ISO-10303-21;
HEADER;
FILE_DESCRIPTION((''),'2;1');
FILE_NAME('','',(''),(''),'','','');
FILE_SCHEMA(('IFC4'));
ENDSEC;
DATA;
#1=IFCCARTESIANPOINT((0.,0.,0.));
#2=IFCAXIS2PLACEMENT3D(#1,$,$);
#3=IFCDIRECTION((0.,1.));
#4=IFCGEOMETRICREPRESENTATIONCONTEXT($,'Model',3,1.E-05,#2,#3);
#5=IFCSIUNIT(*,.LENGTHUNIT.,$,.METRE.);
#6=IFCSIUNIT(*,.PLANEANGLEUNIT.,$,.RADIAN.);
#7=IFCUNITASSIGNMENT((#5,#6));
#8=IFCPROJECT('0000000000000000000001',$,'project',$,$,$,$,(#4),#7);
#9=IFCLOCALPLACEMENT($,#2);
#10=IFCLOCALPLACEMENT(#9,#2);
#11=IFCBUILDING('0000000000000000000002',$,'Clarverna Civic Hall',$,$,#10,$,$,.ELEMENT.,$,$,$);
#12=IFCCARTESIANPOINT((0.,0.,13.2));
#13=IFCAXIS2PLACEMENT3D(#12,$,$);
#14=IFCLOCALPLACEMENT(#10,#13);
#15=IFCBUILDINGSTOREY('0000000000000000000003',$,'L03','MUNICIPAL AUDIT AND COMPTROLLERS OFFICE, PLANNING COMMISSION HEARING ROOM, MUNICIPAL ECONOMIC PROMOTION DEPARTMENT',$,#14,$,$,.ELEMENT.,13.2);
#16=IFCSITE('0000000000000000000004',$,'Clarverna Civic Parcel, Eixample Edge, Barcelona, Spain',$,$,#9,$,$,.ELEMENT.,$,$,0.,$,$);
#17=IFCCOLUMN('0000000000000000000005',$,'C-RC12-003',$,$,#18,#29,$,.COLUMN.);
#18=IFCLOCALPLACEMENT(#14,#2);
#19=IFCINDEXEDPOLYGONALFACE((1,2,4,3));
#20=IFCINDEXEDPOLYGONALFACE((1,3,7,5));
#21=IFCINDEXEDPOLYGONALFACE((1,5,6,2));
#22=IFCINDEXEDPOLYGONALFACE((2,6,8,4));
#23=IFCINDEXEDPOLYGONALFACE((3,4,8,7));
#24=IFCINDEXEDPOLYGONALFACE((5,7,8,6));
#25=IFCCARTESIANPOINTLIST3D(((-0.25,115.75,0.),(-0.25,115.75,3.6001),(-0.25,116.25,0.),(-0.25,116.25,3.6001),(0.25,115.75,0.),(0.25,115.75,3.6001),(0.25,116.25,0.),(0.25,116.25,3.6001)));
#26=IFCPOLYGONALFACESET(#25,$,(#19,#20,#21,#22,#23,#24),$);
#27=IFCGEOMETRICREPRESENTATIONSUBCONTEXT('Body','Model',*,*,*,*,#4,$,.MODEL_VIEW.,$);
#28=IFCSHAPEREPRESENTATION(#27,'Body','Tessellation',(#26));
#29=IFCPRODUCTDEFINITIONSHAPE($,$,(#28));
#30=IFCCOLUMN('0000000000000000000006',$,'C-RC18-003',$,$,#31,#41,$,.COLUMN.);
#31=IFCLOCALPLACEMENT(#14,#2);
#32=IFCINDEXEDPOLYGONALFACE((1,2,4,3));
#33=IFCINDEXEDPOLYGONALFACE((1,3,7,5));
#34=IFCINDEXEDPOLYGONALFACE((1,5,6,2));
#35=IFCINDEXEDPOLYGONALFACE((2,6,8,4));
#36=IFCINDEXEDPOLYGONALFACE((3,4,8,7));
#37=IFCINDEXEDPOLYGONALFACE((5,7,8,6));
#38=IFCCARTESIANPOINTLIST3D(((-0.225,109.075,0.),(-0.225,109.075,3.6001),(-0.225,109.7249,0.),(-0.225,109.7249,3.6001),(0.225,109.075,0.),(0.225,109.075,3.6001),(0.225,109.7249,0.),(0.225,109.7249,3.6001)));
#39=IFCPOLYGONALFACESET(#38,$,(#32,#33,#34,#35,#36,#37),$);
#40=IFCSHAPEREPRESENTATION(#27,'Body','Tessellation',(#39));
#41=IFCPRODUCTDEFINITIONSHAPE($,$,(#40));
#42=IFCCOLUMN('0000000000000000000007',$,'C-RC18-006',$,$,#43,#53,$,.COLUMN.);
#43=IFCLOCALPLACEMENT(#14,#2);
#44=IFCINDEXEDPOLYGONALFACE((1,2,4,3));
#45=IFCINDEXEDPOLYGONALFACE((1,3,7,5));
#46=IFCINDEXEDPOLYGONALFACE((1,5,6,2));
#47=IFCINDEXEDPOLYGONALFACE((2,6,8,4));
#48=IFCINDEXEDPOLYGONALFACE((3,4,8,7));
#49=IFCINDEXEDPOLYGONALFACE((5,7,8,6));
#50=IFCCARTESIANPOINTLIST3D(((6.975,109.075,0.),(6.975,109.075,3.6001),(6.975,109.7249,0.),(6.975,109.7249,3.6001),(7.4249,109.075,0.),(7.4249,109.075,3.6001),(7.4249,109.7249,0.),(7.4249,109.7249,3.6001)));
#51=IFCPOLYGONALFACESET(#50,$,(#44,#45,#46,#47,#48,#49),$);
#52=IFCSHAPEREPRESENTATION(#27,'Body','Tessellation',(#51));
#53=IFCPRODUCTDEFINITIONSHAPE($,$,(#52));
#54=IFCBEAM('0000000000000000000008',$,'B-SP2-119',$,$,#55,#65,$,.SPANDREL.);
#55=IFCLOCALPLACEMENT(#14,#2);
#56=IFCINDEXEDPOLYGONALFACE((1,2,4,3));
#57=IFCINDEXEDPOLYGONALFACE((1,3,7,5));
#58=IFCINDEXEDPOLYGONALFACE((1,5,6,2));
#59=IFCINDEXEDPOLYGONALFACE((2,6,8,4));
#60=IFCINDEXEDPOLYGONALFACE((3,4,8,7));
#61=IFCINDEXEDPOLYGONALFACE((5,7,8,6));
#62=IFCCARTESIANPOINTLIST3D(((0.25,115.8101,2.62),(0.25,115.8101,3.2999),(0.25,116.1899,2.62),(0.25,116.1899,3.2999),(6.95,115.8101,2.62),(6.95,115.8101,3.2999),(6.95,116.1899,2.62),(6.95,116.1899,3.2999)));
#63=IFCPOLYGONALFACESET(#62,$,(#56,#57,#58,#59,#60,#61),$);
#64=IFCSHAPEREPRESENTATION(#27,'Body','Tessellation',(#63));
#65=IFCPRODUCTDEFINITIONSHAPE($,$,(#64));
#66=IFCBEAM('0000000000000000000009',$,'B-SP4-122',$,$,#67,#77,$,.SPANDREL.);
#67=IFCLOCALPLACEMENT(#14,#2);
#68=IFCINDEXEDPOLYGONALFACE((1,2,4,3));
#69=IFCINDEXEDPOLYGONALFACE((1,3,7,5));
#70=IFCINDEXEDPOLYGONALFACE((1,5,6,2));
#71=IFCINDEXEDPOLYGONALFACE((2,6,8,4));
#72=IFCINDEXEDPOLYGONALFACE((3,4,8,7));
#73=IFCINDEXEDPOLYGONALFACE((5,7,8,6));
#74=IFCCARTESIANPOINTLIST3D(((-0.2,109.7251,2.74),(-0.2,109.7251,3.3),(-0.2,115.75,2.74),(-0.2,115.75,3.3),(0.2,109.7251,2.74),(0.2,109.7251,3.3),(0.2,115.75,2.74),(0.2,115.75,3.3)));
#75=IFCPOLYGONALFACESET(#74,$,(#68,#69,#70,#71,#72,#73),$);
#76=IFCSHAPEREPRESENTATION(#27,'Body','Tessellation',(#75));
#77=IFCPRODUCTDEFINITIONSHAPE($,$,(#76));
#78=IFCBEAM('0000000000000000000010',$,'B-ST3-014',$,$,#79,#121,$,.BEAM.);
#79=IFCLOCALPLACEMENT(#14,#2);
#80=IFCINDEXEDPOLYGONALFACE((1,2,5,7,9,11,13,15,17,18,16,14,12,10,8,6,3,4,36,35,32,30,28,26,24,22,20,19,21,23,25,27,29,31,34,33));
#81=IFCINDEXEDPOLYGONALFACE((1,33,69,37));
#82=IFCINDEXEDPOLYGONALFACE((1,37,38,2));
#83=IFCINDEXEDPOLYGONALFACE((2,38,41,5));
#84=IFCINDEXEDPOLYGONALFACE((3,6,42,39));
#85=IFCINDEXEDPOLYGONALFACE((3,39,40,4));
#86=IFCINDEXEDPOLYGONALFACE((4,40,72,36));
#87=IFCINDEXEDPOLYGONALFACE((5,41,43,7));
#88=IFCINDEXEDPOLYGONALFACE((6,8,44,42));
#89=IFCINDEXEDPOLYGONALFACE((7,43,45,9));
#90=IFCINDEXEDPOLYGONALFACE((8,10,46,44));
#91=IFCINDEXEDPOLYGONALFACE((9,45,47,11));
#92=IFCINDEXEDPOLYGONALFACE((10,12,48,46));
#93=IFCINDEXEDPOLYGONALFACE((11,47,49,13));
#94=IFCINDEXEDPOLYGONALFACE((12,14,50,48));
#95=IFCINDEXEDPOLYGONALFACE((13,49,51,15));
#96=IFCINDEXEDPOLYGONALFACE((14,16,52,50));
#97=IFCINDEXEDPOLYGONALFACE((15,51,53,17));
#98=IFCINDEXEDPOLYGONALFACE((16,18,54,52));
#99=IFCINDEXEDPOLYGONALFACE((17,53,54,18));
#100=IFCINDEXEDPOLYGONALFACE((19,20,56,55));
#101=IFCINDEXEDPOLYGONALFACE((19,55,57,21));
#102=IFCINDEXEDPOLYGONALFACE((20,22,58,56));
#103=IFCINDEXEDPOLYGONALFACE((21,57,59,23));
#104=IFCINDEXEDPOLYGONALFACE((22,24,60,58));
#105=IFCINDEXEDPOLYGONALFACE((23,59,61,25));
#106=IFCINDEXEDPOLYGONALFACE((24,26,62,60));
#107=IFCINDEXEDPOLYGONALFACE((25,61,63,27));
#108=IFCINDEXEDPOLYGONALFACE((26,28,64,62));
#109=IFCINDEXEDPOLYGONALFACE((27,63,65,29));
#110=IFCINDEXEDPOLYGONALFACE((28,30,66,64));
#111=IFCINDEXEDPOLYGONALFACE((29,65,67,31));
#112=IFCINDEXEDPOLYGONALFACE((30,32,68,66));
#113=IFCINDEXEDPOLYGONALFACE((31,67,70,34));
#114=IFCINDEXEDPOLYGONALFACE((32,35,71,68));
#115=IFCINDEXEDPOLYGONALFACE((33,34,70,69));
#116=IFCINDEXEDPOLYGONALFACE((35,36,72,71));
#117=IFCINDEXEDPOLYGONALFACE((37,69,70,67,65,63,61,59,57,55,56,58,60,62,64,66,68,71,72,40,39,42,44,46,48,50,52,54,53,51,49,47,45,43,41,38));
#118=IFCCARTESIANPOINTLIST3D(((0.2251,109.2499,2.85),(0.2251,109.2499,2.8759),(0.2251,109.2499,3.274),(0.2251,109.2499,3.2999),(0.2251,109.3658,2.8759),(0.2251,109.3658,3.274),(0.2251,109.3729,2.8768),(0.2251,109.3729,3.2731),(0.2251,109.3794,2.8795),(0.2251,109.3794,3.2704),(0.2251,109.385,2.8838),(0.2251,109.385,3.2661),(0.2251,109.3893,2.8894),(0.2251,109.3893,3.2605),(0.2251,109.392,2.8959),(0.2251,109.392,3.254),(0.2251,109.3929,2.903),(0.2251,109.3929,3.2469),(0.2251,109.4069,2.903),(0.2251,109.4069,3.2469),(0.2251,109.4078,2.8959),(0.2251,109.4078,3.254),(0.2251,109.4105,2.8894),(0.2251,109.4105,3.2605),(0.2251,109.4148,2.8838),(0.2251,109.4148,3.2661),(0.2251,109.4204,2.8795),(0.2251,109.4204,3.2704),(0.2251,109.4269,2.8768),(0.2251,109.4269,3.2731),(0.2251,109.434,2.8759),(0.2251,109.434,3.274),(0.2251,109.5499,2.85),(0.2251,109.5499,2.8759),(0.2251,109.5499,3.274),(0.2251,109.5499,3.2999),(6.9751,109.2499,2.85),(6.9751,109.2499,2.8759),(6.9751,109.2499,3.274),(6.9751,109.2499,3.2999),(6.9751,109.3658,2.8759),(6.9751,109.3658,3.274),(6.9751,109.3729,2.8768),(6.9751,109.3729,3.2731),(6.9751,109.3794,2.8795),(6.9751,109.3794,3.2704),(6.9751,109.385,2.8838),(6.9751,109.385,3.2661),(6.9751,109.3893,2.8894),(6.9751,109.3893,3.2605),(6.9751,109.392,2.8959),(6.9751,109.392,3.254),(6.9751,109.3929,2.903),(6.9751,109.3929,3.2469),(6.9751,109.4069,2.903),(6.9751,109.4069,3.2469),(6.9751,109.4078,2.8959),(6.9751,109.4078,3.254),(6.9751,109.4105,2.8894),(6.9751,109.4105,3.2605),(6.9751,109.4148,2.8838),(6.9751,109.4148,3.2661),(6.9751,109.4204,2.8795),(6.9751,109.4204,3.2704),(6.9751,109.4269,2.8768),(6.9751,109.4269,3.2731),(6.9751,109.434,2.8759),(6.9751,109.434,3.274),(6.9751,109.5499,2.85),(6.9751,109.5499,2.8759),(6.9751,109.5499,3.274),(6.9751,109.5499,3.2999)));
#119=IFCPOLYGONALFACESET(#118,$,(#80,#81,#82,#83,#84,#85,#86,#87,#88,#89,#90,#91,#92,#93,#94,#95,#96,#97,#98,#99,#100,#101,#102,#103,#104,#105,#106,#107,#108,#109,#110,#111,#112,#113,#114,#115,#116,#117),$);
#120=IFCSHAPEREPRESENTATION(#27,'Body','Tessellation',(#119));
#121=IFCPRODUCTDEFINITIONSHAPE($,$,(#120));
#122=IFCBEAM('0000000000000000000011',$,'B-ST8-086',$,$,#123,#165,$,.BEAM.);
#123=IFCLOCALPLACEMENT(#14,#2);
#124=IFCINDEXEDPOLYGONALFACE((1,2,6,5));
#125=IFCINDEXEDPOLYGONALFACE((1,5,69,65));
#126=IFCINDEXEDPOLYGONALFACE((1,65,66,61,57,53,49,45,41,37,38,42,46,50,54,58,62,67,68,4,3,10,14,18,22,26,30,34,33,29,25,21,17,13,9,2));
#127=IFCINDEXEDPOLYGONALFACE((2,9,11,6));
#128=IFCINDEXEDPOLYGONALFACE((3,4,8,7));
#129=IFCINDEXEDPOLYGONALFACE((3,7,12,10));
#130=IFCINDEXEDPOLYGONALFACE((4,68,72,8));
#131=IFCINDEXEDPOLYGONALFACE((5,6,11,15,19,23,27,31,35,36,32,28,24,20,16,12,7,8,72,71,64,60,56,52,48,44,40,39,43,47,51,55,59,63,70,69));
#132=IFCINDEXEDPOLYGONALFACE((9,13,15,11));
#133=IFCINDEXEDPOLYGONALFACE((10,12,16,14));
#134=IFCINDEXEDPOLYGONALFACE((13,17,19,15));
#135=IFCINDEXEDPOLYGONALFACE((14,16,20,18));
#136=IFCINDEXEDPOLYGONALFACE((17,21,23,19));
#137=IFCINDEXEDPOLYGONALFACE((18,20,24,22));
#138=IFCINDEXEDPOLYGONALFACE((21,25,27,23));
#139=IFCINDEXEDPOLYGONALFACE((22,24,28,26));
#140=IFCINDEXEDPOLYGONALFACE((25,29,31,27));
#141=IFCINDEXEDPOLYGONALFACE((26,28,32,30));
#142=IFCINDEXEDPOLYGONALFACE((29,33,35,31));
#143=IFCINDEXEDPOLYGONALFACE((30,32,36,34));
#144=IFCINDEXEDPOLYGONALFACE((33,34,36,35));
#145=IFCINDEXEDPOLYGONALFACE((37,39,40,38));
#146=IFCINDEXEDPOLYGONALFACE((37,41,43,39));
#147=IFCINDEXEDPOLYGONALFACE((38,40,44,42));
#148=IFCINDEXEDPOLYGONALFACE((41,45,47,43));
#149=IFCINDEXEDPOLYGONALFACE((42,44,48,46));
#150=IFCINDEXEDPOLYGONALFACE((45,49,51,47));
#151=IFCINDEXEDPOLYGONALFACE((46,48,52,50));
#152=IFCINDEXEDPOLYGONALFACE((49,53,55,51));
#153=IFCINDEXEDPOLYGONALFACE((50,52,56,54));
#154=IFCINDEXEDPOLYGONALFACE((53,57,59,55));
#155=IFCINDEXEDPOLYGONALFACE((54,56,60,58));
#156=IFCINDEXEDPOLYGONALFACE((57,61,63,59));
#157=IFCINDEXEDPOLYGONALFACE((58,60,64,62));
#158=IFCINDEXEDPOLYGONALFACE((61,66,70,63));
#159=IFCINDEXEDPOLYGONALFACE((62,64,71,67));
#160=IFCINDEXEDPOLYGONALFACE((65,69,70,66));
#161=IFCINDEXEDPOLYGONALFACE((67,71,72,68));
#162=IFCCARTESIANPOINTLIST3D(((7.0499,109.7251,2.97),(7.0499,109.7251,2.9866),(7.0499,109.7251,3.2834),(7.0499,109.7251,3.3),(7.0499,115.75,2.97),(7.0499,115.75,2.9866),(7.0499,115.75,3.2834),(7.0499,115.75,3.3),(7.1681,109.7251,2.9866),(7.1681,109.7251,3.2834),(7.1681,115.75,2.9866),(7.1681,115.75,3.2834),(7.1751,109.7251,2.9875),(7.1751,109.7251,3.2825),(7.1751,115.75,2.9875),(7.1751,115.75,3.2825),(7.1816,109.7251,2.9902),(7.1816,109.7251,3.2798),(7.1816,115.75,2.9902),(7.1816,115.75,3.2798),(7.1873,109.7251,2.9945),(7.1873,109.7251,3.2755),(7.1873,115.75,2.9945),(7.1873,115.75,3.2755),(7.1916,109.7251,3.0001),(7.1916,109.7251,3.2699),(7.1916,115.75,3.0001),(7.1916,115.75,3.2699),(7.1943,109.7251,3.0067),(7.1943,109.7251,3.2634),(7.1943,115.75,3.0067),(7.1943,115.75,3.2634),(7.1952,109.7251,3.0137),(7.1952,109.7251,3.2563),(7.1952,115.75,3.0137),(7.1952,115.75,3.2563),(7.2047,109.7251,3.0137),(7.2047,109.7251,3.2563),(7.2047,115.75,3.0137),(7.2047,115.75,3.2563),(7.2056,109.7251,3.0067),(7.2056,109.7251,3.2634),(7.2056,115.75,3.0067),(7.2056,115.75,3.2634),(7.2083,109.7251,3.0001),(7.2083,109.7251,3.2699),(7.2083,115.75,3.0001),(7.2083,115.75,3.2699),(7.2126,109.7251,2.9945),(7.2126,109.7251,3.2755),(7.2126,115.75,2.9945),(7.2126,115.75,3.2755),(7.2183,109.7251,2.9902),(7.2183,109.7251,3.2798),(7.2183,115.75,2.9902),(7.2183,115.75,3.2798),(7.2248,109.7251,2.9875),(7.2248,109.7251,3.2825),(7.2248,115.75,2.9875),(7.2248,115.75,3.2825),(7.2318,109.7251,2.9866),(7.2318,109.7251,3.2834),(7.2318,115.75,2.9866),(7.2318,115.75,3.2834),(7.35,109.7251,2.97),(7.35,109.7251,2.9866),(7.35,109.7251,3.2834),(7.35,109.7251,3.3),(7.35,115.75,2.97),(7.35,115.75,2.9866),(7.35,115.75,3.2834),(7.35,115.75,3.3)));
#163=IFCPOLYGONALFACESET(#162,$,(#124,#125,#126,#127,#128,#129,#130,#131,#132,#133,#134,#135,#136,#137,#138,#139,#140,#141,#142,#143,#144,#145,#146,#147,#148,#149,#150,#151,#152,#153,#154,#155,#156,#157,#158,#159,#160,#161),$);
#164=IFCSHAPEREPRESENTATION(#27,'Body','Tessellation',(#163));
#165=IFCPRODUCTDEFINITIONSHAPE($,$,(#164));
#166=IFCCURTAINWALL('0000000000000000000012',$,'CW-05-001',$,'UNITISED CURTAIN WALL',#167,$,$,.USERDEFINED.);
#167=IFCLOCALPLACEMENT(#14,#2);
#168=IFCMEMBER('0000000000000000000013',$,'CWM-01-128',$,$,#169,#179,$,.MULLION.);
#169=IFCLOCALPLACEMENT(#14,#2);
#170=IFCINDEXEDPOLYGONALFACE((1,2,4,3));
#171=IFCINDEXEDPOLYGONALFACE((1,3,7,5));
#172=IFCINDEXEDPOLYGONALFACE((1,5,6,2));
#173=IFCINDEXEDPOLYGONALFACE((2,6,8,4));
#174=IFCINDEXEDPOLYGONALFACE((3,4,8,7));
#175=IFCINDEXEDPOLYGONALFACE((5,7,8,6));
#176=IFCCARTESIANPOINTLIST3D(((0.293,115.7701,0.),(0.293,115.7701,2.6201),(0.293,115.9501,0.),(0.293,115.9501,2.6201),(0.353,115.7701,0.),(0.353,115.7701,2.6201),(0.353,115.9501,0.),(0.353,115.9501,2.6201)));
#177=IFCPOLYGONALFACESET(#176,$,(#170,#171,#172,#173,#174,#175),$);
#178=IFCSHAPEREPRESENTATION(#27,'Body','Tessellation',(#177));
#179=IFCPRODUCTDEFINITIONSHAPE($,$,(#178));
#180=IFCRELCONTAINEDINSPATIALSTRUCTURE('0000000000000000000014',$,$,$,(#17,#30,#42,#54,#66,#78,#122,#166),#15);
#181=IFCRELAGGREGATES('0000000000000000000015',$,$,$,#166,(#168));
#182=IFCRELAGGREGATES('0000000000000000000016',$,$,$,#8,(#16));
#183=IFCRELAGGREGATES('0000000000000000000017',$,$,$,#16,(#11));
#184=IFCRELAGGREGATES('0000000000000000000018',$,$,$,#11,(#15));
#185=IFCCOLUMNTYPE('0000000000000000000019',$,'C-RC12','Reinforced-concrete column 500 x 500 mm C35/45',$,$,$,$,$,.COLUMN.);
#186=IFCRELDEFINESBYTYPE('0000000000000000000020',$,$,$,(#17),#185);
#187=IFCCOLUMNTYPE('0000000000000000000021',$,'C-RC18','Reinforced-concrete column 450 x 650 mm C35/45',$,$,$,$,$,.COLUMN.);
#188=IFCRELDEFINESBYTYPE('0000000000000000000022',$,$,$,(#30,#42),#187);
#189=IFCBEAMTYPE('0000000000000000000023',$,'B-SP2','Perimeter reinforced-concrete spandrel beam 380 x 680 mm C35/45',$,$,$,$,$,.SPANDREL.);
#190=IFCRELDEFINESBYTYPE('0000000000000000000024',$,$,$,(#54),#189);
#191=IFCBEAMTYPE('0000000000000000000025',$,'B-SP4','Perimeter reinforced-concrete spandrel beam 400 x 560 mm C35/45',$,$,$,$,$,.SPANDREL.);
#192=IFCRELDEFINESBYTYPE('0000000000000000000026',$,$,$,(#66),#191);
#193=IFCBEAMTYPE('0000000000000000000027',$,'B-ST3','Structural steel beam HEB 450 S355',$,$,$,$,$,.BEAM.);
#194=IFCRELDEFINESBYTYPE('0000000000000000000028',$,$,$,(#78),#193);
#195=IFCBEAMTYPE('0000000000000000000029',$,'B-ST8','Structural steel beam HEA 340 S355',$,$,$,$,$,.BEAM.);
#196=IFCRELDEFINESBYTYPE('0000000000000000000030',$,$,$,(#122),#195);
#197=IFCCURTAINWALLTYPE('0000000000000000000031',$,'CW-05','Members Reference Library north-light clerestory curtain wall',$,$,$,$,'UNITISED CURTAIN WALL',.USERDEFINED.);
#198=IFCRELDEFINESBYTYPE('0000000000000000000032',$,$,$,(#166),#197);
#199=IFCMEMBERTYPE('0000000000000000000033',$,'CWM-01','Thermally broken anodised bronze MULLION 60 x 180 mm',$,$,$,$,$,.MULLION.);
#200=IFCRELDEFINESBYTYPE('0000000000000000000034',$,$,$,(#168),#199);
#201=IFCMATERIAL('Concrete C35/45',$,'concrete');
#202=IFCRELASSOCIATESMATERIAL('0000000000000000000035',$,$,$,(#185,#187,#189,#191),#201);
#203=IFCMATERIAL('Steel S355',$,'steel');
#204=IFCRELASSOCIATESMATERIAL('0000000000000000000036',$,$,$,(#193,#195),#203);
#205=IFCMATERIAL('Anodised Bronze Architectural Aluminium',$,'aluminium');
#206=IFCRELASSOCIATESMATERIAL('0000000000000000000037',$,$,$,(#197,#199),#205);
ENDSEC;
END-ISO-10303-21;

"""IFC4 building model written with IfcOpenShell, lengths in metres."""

from ifc_helpers import new_model, si_unit, direction, frame, origin, origin_2d, place, context, subcontext, project, spatial, rectangle, i_section, extrude, material, material_profile, profile_set, type_object, element, aggregate, save


model = new_model("IFC4")

# Units and contexts
model_context = context("Model", 3, precision=1e-05, world=origin(), true_north=direction((0.0, 1.0)))
body_context = subcontext(model_context, "Body", "Model", "MODEL_VIEW")
ifc_project = project(units=[si_unit("LENGTHUNIT", "METRE"), si_unit("PLANEANGLEUNIT", "RADIAN")], contexts=[model_context])

# Site, building, storey
site_placement = place(None, origin())
site = spatial("IfcSite", under=ifc_project, at=site_placement, Name="Clarverna Civic Parcel, Eixample Edge, Barcelona, Spain", CompositionType="ELEMENT", RefElevation=0.0)
building_placement = place(site_placement, origin())
building = spatial("IfcBuilding", under=site, at=building_placement, Name="Clarverna Civic Hall", CompositionType="ELEMENT")
storey_placement = place(building_placement, frame((0.0, 0.0, 13.2)))
storey = spatial("IfcBuildingStorey", under=building, at=storey_placement, Name="L03", Description="MUNICIPAL AUDIT AND COMPTROLLERS OFFICE, PLANNING COMMISSION HEARING ROOM, MUNICIPAL ECONOMIC PROMOTION DEPARTMENT", CompositionType="ELEMENT", Elevation=13.2)

# Columns
ifc_material_1 = material(Name="Concrete C35/45", Category="concrete")
ifc_material_profile_1 = material_profile(ifc_material_1, rectangle(XDim=0.5, YDim=0.5, at=origin_2d()), Name="RC 500x500")
ifc_profile_set_1 = profile_set([ifc_material_profile_1], Name="Concrete C35/45")
column_type_1 = type_object("IfcColumnType", Name="C-RC12", Description="Reinforced-concrete column 500 x 500 mm C35/45", PredefinedType="COLUMN", material=ifc_profile_set_1)
column_placement = place(storey_placement, frame((0.0, 116.0, 0.0), z_axis=(0.0, 0.0, 1.0), x_axis=(1.0, 0.0, 0.0)))
element("IfcColumn", 1, at=column_placement, inside=storey, type_object=column_type_1, Name="C-RC12-003", PredefinedType="COLUMN", context=body_context, shape_type="SweptSolid", body=[
    extrude(rectangle(XDim=0.5, YDim=0.5, at=origin_2d()), origin(), (0.0, 0.0, 1.0), 3.6001),
])
ifc_material_profile_2 = material_profile(ifc_material_1, rectangle(XDim=0.45, YDim=0.6499, at=origin_2d()), Name="RC 450x650")
ifc_profile_set_2 = profile_set([ifc_material_profile_2], Name="Concrete C35/45")
column_type_2 = type_object("IfcColumnType", Name="C-RC18", Description="Reinforced-concrete column 450 x 650 mm C35/45", PredefinedType="COLUMN", material=ifc_profile_set_2)
for number, where, z_axis, x_axis, name in (
    (2, (0.0, 109.3999, 0.0), (0.0, 0.0, 1.0), (1.0, 0.0, 0.0), "C-RC18-003"),
    (3, (7.2, 109.3999, 0.0), (0.0, 0.0, 1.0), (1.0, 0.0, 0.0), "C-RC18-006"),
):
    element("IfcColumn", number, at=place(storey_placement, frame(where, z_axis=z_axis, x_axis=x_axis)), inside=storey, type_object=column_type_2, Name=name, PredefinedType="COLUMN", context=body_context, shape_type="SweptSolid", body=[
        extrude(rectangle(XDim=0.45, YDim=0.6499, at=origin_2d()), origin(), (0.0, 0.0, 1.0), 3.6001),
    ])

# Beams
ifc_material_profile_3 = material_profile(ifc_material_1, rectangle(XDim=0.3799, YDim=0.6799, at=origin_2d()), Name="RC 380x680")
ifc_profile_set_3 = profile_set([ifc_material_profile_3], Name="Concrete C35/45")
beam_type_1 = type_object("IfcBeamType", Name="B-SP2", Description="Perimeter reinforced-concrete spandrel beam 380 x 680 mm C35/45", PredefinedType="SPANDREL", material=ifc_profile_set_3)
beam_1_placement = place(storey_placement, frame((0.25, 116.0, 2.96), z_axis=(1.0, 0.0, 0.0), x_axis=(0.0, 1.0, 0.0)))
element("IfcBeam", 4, at=beam_1_placement, inside=storey, type_object=beam_type_1, Name="B-SP2-119", PredefinedType="SPANDREL", context=body_context, shape_type="SweptSolid", body=[
    extrude(rectangle(XDim=0.3799, YDim=0.6799, at=origin_2d()), origin(), (0.0, 0.0, 1.0), 6.7),
])
ifc_material_profile_4 = material_profile(ifc_material_1, rectangle(XDim=0.3999, YDim=0.5601, at=origin_2d()), Name="RC 400x560")
ifc_profile_set_4 = profile_set([ifc_material_profile_4], Name="Concrete C35/45")
beam_type_2 = type_object("IfcBeamType", Name="B-SP4", Description="Perimeter reinforced-concrete spandrel beam 400 x 560 mm C35/45", PredefinedType="SPANDREL", material=ifc_profile_set_4)
beam_2_placement = place(storey_placement, frame((0.0, 109.7251, 3.02), z_axis=(0.0, 1.0, 0.0), x_axis=(-1.0, 0.0, 0.0)))
element("IfcBeam", 5, at=beam_2_placement, inside=storey, type_object=beam_type_2, Name="B-SP4-122", PredefinedType="SPANDREL", context=body_context, shape_type="SweptSolid", body=[
    extrude(rectangle(XDim=0.3999, YDim=0.5601, at=origin_2d()), origin(), (0.0, 0.0, 1.0), 6.0249),
])
ifc_material_2 = material(Name="Steel S355", Category="steel")
ifc_material_profile_5 = material_profile(ifc_material_2, i_section(OverallWidth=0.3, OverallDepth=0.45, WebThickness=0.0139, FlangeThickness=0.0259, FilletRadius=0.0271, at=origin_2d()), Name="HEB 450")
ifc_profile_set_5 = profile_set([ifc_material_profile_5], Name="Steel S355")
beam_type_3 = type_object("IfcBeamType", Name="B-ST3", Description="Structural steel beam HEB 450 S355", PredefinedType="BEAM", material=ifc_profile_set_5)
beam_3_placement = place(storey_placement, frame((0.2251, 109.3999, 3.075), z_axis=(1.0, 0.0, 0.0), x_axis=(0.0, 1.0, 0.0)))
element("IfcBeam", 6, at=beam_3_placement, inside=storey, type_object=beam_type_3, Name="B-ST3-014", PredefinedType="BEAM", context=body_context, shape_type="SweptSolid", body=[
    extrude(i_section(OverallWidth=0.3, OverallDepth=0.45, WebThickness=0.0139, FlangeThickness=0.0259, FilletRadius=0.0271, at=origin_2d()), origin(), (0.0, 0.0, 1.0), 6.75),
])
ifc_material_profile_6 = material_profile(ifc_material_2, i_section(OverallWidth=0.3, OverallDepth=0.3301, WebThickness=0.0095, FlangeThickness=0.0166, FilletRadius=0.0271, at=origin_2d()), Name="HEA 340")
ifc_profile_set_6 = profile_set([ifc_material_profile_6], Name="Steel S355")
beam_type_4 = type_object("IfcBeamType", Name="B-ST8", Description="Structural steel beam HEA 340 S355", PredefinedType="BEAM", material=ifc_profile_set_6)
beam_4_placement = place(storey_placement, frame((7.2, 109.7251, 3.135), z_axis=(0.0, 1.0, 0.0), x_axis=(-1.0, 0.0, 0.0)))
element("IfcBeam", 7, at=beam_4_placement, inside=storey, type_object=beam_type_4, Name="B-ST8-086", PredefinedType="BEAM", context=body_context, shape_type="SweptSolid", body=[
    extrude(i_section(OverallWidth=0.3, OverallDepth=0.3301, WebThickness=0.0095, FlangeThickness=0.0166, FilletRadius=0.0271, at=origin_2d()), origin(), (0.0, 0.0, 1.0), 6.0249),
])

# Curtain wall, member
ifc_material_3 = material(Name="Anodised Bronze Architectural Aluminium", Category="aluminium")
curtain_wall_type = type_object("IfcCurtainWallType", Name="CW-05", Description="Members Reference Library north-light clerestory curtain wall", ElementType="UNITISED CURTAIN WALL", PredefinedType="USERDEFINED", material=ifc_material_3)
curtain_wall_placement = place(storey_placement, origin())
curtain_wall = element("IfcCurtainWall", 8, at=curtain_wall_placement, inside=storey, type_object=curtain_wall_type, Name="CW-05-001", ObjectType="UNITISED CURTAIN WALL", PredefinedType="USERDEFINED")
ifc_material_profile_7 = material_profile(ifc_material_3, rectangle(XDim=0.0601, YDim=0.1799, at=origin_2d()), Name="BRONZE 60x180")
ifc_profile_set_7 = profile_set([ifc_material_profile_7], Name="Anodised Bronze Architectural Aluminium")
member_type_1 = type_object("IfcMemberType", Name="CWM-01", Description="Thermally broken anodised bronze MULLION 60 x 180 mm", PredefinedType="MULLION", material=ifc_profile_set_7)
member_1_placement = place(storey_placement, frame((0.323, 115.8601, 0.0), z_axis=(0.0, 0.0, 1.0), x_axis=(1.0, 0.0, 0.0)))
member_1 = element("IfcMember", 9, at=member_1_placement, type_object=member_type_1, Name="CWM-01-128", PredefinedType="MULLION", context=body_context, shape_type="SweptSolid", body=[
    extrude(rectangle(XDim=0.0601, YDim=0.1799, at=origin_2d()), origin(), (0.0, 0.0, 1.0), 2.6201),
])

aggregate(curtain_wall, [member_1])

save(model, "model.ifc")
